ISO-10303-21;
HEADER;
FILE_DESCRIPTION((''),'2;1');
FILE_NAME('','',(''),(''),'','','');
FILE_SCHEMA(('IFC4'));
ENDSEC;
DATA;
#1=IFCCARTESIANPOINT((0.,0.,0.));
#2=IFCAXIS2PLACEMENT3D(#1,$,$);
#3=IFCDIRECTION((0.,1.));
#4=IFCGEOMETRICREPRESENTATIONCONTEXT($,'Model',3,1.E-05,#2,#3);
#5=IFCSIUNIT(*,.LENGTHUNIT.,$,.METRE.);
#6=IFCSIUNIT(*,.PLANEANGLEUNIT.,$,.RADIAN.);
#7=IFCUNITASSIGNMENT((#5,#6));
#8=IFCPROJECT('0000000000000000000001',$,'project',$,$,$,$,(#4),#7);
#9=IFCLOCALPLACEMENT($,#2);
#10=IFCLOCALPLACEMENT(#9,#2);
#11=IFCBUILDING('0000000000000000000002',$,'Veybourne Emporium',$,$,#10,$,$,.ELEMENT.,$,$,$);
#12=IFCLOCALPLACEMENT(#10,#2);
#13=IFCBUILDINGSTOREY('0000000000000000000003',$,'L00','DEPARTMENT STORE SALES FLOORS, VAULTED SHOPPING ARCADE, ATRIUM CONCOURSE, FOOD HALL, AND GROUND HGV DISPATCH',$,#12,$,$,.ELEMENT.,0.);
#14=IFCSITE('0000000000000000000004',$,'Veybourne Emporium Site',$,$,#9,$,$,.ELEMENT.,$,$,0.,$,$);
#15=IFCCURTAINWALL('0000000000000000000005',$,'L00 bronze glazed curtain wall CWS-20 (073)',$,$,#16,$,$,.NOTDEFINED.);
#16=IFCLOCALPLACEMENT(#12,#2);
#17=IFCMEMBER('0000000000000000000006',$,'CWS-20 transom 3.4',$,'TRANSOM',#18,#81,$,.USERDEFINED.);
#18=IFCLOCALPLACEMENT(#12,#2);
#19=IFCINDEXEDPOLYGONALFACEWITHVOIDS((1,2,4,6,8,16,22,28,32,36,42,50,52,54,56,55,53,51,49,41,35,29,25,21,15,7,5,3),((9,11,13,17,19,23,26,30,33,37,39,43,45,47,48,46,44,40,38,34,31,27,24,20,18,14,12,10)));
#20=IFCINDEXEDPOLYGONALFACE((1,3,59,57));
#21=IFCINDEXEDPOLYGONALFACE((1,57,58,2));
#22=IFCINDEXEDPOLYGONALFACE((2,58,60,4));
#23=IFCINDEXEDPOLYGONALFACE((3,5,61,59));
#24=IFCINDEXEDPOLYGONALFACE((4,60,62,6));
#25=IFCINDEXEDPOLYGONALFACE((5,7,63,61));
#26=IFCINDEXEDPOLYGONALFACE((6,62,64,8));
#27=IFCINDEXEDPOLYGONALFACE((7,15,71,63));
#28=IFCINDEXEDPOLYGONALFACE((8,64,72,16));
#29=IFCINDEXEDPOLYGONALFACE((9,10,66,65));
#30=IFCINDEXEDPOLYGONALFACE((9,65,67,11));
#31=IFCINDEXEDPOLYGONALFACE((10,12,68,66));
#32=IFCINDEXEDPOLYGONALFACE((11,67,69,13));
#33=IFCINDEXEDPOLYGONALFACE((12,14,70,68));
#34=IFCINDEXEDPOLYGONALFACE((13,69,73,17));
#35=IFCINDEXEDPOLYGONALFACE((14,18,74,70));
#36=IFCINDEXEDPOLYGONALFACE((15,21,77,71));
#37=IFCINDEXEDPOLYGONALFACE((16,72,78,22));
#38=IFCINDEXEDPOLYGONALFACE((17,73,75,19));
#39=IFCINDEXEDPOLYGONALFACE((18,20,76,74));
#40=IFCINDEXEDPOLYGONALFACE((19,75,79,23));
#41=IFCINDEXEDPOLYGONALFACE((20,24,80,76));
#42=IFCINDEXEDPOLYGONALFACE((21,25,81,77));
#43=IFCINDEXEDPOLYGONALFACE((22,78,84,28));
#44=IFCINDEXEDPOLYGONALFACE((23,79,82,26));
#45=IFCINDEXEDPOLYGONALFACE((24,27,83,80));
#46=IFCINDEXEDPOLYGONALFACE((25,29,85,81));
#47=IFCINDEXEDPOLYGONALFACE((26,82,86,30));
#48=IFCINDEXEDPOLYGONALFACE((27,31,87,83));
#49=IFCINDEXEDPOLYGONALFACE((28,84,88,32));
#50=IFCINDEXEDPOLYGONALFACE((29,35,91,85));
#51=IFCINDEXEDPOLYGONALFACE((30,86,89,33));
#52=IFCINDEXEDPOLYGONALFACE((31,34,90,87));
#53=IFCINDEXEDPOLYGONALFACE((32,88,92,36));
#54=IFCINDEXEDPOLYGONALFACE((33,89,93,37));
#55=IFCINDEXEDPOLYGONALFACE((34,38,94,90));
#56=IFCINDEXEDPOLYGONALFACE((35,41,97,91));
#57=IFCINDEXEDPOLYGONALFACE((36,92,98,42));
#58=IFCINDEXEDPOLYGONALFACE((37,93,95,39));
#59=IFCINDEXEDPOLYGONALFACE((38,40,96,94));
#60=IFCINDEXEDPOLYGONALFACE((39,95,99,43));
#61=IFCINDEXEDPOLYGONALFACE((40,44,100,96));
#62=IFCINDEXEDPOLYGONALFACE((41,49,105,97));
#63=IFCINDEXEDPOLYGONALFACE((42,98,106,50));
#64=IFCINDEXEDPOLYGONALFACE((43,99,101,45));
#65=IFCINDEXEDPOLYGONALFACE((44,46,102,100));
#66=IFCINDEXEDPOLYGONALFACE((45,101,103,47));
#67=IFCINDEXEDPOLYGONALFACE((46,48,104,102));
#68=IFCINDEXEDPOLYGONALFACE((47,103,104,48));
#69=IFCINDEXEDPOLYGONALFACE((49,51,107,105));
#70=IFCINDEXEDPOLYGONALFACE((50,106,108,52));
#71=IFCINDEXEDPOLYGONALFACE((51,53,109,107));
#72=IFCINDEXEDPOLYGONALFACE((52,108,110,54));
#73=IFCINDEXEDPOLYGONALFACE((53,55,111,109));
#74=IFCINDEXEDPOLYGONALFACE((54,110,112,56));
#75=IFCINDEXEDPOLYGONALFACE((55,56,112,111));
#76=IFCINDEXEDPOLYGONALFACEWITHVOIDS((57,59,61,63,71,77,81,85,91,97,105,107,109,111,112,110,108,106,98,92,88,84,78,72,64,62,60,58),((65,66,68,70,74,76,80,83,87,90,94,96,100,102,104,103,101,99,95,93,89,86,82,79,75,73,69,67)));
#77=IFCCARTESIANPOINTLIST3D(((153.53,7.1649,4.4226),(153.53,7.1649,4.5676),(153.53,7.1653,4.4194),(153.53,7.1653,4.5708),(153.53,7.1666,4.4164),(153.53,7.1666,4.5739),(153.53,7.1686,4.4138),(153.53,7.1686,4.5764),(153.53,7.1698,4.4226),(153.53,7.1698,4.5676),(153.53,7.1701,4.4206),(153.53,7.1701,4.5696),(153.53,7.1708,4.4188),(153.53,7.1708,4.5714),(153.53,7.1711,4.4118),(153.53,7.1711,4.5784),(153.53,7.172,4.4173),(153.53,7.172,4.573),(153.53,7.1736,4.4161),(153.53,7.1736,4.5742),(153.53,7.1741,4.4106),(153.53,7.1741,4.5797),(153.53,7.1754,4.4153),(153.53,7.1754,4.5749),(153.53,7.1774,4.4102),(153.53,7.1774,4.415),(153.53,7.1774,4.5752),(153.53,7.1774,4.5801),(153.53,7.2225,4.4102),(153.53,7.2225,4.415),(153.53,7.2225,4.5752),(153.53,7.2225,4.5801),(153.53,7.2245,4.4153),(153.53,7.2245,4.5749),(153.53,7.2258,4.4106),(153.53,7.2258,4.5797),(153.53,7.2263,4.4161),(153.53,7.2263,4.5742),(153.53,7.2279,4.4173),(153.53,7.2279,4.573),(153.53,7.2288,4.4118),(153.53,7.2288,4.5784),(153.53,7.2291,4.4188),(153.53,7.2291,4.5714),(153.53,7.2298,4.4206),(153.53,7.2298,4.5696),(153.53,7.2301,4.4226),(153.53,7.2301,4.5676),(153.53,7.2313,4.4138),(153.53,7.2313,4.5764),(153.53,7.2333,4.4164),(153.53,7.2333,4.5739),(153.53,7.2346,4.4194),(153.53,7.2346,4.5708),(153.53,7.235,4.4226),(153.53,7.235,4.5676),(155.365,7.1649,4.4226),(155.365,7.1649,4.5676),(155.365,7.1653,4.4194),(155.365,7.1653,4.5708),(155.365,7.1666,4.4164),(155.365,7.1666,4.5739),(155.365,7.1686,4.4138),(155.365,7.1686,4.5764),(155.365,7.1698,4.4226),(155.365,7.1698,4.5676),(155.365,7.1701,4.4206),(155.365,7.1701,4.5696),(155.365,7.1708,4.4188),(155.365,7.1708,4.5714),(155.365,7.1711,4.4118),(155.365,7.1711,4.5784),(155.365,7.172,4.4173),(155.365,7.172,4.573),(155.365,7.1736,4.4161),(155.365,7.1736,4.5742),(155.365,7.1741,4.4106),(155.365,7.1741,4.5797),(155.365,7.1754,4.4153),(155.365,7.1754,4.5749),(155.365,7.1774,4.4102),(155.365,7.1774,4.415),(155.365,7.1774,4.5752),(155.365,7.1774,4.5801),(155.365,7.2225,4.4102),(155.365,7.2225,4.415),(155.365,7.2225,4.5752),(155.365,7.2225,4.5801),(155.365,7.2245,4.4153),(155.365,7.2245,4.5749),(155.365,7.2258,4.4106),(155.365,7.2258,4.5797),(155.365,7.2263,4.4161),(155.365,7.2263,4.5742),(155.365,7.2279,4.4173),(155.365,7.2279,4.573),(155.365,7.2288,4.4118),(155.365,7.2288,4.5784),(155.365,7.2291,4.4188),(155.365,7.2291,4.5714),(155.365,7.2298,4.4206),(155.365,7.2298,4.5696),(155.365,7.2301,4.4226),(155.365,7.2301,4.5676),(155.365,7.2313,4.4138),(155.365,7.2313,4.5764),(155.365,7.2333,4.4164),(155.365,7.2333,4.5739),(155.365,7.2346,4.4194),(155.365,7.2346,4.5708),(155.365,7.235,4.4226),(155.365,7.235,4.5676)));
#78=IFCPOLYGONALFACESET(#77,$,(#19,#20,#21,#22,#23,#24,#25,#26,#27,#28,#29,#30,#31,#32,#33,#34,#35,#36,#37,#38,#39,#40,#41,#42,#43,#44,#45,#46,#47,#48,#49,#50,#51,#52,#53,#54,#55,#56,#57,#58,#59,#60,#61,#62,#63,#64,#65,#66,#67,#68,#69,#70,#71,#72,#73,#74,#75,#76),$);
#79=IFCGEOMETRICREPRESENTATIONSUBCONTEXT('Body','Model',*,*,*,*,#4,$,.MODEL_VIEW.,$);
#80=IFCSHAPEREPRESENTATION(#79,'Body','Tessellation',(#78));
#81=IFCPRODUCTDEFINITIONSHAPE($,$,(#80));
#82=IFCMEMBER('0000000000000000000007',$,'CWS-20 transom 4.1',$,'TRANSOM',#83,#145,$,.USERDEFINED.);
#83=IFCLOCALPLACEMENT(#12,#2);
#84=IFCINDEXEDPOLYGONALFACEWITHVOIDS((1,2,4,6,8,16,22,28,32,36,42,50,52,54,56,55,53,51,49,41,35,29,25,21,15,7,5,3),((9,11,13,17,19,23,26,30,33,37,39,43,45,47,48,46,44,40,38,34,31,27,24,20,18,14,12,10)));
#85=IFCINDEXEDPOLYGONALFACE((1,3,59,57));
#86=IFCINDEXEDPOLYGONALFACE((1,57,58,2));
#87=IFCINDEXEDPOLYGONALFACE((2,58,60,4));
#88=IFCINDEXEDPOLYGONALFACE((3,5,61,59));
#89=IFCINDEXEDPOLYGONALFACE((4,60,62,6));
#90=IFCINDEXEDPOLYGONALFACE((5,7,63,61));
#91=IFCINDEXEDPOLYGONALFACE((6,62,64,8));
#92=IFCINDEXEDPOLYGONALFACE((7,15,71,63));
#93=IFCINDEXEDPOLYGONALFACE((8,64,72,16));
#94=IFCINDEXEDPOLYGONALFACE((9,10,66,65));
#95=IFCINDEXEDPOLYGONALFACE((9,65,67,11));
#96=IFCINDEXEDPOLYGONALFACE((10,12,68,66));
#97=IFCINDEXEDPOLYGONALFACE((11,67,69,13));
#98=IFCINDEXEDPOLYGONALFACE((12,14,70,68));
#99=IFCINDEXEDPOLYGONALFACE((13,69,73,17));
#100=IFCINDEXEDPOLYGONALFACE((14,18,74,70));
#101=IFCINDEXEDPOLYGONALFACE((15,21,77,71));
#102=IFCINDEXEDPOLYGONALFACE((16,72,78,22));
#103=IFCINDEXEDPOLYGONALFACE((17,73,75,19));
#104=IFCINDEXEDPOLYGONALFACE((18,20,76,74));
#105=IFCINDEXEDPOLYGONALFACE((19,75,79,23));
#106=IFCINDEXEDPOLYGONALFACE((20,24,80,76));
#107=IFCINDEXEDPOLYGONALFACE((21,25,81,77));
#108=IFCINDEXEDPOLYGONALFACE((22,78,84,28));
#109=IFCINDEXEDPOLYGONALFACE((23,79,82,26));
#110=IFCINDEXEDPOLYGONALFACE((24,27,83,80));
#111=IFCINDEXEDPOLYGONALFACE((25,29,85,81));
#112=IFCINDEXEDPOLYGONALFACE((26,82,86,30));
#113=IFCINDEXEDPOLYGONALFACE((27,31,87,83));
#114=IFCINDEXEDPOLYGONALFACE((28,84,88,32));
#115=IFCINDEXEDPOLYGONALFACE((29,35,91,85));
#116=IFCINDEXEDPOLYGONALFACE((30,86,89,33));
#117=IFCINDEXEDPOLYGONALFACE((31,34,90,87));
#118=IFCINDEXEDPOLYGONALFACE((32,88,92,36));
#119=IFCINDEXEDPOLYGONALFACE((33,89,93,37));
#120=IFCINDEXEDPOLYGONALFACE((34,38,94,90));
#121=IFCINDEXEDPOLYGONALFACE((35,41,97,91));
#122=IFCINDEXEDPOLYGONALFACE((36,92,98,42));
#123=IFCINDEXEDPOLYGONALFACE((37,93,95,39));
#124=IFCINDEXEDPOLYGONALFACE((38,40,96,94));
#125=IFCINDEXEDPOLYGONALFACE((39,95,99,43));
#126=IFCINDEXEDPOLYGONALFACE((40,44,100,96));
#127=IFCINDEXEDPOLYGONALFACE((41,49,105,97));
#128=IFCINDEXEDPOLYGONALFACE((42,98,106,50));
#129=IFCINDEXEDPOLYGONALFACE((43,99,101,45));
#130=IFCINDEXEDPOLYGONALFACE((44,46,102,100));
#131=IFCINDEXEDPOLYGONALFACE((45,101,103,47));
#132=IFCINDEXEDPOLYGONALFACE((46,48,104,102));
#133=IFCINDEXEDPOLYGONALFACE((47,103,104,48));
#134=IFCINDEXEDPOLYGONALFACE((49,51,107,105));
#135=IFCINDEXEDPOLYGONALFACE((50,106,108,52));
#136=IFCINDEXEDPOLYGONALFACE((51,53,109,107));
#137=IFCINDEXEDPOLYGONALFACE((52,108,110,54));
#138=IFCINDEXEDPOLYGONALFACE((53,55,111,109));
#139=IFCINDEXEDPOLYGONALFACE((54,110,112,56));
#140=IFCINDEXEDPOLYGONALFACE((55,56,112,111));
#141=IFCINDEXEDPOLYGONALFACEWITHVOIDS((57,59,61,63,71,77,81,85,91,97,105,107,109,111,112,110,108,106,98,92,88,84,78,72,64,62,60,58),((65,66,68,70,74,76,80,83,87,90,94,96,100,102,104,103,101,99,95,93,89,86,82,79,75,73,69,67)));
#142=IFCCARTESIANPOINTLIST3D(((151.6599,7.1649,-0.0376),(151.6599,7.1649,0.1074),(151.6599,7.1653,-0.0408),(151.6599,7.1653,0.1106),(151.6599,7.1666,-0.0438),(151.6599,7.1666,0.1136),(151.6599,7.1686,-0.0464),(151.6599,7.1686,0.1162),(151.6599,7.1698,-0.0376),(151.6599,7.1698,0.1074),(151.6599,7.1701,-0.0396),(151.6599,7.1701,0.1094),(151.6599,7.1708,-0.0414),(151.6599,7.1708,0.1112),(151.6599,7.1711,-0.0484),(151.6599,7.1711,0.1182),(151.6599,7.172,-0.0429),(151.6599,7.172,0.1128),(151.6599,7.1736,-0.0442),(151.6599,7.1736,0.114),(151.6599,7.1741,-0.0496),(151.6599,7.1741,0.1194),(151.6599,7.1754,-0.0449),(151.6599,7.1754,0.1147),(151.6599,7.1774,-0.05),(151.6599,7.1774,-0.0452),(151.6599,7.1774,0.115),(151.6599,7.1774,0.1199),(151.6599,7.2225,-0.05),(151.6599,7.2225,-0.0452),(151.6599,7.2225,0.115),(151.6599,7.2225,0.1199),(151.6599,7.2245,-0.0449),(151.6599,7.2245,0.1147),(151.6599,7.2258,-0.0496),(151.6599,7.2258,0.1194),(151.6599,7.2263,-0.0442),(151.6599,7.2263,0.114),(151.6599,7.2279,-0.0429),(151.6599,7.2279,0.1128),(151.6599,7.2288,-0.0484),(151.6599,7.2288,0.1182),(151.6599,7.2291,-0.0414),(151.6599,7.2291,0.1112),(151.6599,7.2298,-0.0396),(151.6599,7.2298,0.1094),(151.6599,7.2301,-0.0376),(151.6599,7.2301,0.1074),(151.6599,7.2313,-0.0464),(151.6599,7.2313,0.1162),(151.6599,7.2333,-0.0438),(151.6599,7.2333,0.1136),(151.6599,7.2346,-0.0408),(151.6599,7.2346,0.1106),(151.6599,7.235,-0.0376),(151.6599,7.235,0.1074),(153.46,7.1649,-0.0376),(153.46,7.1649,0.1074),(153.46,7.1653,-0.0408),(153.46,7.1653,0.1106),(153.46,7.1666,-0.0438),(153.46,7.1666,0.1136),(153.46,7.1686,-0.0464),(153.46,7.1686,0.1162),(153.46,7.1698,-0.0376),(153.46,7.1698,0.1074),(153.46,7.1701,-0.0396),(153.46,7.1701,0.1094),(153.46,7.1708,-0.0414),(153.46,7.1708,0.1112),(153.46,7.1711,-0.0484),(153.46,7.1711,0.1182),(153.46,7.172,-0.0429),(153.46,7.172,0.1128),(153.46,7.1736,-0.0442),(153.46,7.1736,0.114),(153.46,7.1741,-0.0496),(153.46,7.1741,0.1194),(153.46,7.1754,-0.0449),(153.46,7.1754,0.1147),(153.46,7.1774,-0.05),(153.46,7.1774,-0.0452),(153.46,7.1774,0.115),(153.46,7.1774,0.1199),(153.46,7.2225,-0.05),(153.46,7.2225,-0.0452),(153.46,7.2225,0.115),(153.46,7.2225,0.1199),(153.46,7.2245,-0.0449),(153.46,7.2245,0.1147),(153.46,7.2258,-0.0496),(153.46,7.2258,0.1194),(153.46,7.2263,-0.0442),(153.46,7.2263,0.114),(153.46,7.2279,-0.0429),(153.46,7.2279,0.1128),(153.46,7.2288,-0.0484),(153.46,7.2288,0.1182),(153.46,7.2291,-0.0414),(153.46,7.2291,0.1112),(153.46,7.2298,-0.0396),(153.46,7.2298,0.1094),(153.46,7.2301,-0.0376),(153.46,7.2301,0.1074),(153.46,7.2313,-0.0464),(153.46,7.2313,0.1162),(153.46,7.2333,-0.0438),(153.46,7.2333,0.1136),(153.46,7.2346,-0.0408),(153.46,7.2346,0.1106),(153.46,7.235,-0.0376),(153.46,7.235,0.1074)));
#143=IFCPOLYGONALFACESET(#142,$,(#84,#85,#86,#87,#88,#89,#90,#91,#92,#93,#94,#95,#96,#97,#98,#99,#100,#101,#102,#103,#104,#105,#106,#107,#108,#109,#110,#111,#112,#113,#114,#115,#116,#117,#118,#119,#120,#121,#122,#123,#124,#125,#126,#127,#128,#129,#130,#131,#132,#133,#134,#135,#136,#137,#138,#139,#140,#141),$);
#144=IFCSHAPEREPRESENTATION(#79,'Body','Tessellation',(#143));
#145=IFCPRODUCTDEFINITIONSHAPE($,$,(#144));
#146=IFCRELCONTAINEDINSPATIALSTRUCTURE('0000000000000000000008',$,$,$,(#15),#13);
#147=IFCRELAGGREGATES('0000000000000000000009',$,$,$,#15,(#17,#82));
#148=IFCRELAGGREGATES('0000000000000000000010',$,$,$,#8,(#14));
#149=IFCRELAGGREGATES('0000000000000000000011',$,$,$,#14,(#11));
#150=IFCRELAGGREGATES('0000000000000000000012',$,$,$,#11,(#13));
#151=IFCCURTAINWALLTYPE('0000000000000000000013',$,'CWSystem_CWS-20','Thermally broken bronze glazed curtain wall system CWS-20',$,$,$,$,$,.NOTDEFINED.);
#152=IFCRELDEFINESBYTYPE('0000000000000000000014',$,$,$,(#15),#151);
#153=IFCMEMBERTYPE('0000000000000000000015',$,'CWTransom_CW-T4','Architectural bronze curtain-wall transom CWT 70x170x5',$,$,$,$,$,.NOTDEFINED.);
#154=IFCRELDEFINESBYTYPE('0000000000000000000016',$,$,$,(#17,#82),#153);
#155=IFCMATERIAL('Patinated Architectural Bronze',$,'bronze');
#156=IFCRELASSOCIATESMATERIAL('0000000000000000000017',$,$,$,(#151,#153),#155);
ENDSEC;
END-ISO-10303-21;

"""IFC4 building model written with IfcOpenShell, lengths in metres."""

from ifc_helpers import new_model, si_unit, direction, frame, origin, origin_2d, place, context, subcontext, project, spatial, hollow_rectangle, extrude, material, material_profile, profile_set, type_object, element, aggregate, save


model = new_model("IFC4")

# Units and contexts
model_context = context("Model", 3, precision=1e-05, world=origin(), true_north=direction((0.0, 1.0)))
body_context = subcontext(model_context, "Body", "Model", "MODEL_VIEW")
ifc_project = project(units=[si_unit("LENGTHUNIT", "METRE"), si_unit("PLANEANGLEUNIT", "RADIAN")], contexts=[model_context])

# Site, building, storey
site_placement = place(None, origin())
site = spatial("IfcSite", under=ifc_project, at=site_placement, Name="Veybourne Emporium Site", CompositionType="ELEMENT", RefElevation=0.0)
building_placement = place(site_placement, origin())
building = spatial("IfcBuilding", under=site, at=building_placement, Name="Veybourne Emporium", CompositionType="ELEMENT")
storey_placement = place(building_placement, origin())
storey = spatial("IfcBuildingStorey", under=building, at=storey_placement, Name="L00", Description="DEPARTMENT STORE SALES FLOORS, VAULTED SHOPPING ARCADE, ATRIUM CONCOURSE, FOOD HALL, AND GROUND HGV DISPATCH", CompositionType="ELEMENT", Elevation=0.0)

# Curtain wall
ifc_material_1 = material(Name="Patinated Architectural Bronze", Category="bronze")
curtain_wall_type_1 = type_object("IfcCurtainWallType", Name="CWSystem_CWS-20", Description="Thermally broken bronze glazed curtain wall system CWS-20", PredefinedType="NOTDEFINED", material=ifc_material_1)
curtain_wall_1_placement = place(storey_placement, origin())
curtain_wall_1 = element("IfcCurtainWall", 1, at=curtain_wall_1_placement, inside=storey, type_object=curtain_wall_type_1, Name="L00 bronze glazed curtain wall CWS-20 (073)", PredefinedType="NOTDEFINED")

# Members
ifc_material_profile_1 = material_profile(ifc_material_1, hollow_rectangle(XDim=0.0701, YDim=0.1699, WallThickness=0.0049, InnerFilletRadius=0.0076, OuterFilletRadius=0.0125, at=origin_2d()), Name="CWT 70x170x5")
ifc_profile_set_1 = profile_set([ifc_material_profile_1], Name="Patinated Architectural Bronze")
member_type_1 = type_object("IfcMemberType", Name="CWTransom_CW-T4", Description="Architectural bronze curtain-wall transom CWT 70x170x5", PredefinedType="NOTDEFINED", material=ifc_profile_set_1)
member_1_placement = place(storey_placement, frame((155.365, 7.2, 4.4951), z_axis=(-1.0, 0.0, 0.0), x_axis=(0.0, -1.0, 0.0)))
member_1 = element("IfcMember", 2, at=member_1_placement, type_object=member_type_1, Name="CWS-20 transom 3.4", ObjectType="TRANSOM", PredefinedType="USERDEFINED", context=body_context, shape_type="SweptSolid", body=[
    extrude(hollow_rectangle(XDim=0.0701, YDim=0.1699, WallThickness=0.0049, InnerFilletRadius=0.0076, OuterFilletRadius=0.0125, at=origin_2d()), origin(), (0.0, 0.0, 1.0), 1.835),
])
member_2_placement = place(storey_placement, frame((153.46, 7.2, 0.0349), z_axis=(-1.0, 0.0, 0.0), x_axis=(0.0, -1.0, 0.0)))
member_2 = element("IfcMember", 3, at=member_2_placement, type_object=member_type_1, Name="CWS-20 transom 4.1", ObjectType="TRANSOM", PredefinedType="USERDEFINED", context=body_context, shape_type="SweptSolid", body=[
    extrude(hollow_rectangle(XDim=0.0701, YDim=0.1699, WallThickness=0.0049, InnerFilletRadius=0.0076, OuterFilletRadius=0.0125, at=origin_2d()), origin(), (0.0, 0.0, 1.0), 1.8),
])

aggregate(curtain_wall_1, [member_1, member_2])

save(model, "model.ifc")
